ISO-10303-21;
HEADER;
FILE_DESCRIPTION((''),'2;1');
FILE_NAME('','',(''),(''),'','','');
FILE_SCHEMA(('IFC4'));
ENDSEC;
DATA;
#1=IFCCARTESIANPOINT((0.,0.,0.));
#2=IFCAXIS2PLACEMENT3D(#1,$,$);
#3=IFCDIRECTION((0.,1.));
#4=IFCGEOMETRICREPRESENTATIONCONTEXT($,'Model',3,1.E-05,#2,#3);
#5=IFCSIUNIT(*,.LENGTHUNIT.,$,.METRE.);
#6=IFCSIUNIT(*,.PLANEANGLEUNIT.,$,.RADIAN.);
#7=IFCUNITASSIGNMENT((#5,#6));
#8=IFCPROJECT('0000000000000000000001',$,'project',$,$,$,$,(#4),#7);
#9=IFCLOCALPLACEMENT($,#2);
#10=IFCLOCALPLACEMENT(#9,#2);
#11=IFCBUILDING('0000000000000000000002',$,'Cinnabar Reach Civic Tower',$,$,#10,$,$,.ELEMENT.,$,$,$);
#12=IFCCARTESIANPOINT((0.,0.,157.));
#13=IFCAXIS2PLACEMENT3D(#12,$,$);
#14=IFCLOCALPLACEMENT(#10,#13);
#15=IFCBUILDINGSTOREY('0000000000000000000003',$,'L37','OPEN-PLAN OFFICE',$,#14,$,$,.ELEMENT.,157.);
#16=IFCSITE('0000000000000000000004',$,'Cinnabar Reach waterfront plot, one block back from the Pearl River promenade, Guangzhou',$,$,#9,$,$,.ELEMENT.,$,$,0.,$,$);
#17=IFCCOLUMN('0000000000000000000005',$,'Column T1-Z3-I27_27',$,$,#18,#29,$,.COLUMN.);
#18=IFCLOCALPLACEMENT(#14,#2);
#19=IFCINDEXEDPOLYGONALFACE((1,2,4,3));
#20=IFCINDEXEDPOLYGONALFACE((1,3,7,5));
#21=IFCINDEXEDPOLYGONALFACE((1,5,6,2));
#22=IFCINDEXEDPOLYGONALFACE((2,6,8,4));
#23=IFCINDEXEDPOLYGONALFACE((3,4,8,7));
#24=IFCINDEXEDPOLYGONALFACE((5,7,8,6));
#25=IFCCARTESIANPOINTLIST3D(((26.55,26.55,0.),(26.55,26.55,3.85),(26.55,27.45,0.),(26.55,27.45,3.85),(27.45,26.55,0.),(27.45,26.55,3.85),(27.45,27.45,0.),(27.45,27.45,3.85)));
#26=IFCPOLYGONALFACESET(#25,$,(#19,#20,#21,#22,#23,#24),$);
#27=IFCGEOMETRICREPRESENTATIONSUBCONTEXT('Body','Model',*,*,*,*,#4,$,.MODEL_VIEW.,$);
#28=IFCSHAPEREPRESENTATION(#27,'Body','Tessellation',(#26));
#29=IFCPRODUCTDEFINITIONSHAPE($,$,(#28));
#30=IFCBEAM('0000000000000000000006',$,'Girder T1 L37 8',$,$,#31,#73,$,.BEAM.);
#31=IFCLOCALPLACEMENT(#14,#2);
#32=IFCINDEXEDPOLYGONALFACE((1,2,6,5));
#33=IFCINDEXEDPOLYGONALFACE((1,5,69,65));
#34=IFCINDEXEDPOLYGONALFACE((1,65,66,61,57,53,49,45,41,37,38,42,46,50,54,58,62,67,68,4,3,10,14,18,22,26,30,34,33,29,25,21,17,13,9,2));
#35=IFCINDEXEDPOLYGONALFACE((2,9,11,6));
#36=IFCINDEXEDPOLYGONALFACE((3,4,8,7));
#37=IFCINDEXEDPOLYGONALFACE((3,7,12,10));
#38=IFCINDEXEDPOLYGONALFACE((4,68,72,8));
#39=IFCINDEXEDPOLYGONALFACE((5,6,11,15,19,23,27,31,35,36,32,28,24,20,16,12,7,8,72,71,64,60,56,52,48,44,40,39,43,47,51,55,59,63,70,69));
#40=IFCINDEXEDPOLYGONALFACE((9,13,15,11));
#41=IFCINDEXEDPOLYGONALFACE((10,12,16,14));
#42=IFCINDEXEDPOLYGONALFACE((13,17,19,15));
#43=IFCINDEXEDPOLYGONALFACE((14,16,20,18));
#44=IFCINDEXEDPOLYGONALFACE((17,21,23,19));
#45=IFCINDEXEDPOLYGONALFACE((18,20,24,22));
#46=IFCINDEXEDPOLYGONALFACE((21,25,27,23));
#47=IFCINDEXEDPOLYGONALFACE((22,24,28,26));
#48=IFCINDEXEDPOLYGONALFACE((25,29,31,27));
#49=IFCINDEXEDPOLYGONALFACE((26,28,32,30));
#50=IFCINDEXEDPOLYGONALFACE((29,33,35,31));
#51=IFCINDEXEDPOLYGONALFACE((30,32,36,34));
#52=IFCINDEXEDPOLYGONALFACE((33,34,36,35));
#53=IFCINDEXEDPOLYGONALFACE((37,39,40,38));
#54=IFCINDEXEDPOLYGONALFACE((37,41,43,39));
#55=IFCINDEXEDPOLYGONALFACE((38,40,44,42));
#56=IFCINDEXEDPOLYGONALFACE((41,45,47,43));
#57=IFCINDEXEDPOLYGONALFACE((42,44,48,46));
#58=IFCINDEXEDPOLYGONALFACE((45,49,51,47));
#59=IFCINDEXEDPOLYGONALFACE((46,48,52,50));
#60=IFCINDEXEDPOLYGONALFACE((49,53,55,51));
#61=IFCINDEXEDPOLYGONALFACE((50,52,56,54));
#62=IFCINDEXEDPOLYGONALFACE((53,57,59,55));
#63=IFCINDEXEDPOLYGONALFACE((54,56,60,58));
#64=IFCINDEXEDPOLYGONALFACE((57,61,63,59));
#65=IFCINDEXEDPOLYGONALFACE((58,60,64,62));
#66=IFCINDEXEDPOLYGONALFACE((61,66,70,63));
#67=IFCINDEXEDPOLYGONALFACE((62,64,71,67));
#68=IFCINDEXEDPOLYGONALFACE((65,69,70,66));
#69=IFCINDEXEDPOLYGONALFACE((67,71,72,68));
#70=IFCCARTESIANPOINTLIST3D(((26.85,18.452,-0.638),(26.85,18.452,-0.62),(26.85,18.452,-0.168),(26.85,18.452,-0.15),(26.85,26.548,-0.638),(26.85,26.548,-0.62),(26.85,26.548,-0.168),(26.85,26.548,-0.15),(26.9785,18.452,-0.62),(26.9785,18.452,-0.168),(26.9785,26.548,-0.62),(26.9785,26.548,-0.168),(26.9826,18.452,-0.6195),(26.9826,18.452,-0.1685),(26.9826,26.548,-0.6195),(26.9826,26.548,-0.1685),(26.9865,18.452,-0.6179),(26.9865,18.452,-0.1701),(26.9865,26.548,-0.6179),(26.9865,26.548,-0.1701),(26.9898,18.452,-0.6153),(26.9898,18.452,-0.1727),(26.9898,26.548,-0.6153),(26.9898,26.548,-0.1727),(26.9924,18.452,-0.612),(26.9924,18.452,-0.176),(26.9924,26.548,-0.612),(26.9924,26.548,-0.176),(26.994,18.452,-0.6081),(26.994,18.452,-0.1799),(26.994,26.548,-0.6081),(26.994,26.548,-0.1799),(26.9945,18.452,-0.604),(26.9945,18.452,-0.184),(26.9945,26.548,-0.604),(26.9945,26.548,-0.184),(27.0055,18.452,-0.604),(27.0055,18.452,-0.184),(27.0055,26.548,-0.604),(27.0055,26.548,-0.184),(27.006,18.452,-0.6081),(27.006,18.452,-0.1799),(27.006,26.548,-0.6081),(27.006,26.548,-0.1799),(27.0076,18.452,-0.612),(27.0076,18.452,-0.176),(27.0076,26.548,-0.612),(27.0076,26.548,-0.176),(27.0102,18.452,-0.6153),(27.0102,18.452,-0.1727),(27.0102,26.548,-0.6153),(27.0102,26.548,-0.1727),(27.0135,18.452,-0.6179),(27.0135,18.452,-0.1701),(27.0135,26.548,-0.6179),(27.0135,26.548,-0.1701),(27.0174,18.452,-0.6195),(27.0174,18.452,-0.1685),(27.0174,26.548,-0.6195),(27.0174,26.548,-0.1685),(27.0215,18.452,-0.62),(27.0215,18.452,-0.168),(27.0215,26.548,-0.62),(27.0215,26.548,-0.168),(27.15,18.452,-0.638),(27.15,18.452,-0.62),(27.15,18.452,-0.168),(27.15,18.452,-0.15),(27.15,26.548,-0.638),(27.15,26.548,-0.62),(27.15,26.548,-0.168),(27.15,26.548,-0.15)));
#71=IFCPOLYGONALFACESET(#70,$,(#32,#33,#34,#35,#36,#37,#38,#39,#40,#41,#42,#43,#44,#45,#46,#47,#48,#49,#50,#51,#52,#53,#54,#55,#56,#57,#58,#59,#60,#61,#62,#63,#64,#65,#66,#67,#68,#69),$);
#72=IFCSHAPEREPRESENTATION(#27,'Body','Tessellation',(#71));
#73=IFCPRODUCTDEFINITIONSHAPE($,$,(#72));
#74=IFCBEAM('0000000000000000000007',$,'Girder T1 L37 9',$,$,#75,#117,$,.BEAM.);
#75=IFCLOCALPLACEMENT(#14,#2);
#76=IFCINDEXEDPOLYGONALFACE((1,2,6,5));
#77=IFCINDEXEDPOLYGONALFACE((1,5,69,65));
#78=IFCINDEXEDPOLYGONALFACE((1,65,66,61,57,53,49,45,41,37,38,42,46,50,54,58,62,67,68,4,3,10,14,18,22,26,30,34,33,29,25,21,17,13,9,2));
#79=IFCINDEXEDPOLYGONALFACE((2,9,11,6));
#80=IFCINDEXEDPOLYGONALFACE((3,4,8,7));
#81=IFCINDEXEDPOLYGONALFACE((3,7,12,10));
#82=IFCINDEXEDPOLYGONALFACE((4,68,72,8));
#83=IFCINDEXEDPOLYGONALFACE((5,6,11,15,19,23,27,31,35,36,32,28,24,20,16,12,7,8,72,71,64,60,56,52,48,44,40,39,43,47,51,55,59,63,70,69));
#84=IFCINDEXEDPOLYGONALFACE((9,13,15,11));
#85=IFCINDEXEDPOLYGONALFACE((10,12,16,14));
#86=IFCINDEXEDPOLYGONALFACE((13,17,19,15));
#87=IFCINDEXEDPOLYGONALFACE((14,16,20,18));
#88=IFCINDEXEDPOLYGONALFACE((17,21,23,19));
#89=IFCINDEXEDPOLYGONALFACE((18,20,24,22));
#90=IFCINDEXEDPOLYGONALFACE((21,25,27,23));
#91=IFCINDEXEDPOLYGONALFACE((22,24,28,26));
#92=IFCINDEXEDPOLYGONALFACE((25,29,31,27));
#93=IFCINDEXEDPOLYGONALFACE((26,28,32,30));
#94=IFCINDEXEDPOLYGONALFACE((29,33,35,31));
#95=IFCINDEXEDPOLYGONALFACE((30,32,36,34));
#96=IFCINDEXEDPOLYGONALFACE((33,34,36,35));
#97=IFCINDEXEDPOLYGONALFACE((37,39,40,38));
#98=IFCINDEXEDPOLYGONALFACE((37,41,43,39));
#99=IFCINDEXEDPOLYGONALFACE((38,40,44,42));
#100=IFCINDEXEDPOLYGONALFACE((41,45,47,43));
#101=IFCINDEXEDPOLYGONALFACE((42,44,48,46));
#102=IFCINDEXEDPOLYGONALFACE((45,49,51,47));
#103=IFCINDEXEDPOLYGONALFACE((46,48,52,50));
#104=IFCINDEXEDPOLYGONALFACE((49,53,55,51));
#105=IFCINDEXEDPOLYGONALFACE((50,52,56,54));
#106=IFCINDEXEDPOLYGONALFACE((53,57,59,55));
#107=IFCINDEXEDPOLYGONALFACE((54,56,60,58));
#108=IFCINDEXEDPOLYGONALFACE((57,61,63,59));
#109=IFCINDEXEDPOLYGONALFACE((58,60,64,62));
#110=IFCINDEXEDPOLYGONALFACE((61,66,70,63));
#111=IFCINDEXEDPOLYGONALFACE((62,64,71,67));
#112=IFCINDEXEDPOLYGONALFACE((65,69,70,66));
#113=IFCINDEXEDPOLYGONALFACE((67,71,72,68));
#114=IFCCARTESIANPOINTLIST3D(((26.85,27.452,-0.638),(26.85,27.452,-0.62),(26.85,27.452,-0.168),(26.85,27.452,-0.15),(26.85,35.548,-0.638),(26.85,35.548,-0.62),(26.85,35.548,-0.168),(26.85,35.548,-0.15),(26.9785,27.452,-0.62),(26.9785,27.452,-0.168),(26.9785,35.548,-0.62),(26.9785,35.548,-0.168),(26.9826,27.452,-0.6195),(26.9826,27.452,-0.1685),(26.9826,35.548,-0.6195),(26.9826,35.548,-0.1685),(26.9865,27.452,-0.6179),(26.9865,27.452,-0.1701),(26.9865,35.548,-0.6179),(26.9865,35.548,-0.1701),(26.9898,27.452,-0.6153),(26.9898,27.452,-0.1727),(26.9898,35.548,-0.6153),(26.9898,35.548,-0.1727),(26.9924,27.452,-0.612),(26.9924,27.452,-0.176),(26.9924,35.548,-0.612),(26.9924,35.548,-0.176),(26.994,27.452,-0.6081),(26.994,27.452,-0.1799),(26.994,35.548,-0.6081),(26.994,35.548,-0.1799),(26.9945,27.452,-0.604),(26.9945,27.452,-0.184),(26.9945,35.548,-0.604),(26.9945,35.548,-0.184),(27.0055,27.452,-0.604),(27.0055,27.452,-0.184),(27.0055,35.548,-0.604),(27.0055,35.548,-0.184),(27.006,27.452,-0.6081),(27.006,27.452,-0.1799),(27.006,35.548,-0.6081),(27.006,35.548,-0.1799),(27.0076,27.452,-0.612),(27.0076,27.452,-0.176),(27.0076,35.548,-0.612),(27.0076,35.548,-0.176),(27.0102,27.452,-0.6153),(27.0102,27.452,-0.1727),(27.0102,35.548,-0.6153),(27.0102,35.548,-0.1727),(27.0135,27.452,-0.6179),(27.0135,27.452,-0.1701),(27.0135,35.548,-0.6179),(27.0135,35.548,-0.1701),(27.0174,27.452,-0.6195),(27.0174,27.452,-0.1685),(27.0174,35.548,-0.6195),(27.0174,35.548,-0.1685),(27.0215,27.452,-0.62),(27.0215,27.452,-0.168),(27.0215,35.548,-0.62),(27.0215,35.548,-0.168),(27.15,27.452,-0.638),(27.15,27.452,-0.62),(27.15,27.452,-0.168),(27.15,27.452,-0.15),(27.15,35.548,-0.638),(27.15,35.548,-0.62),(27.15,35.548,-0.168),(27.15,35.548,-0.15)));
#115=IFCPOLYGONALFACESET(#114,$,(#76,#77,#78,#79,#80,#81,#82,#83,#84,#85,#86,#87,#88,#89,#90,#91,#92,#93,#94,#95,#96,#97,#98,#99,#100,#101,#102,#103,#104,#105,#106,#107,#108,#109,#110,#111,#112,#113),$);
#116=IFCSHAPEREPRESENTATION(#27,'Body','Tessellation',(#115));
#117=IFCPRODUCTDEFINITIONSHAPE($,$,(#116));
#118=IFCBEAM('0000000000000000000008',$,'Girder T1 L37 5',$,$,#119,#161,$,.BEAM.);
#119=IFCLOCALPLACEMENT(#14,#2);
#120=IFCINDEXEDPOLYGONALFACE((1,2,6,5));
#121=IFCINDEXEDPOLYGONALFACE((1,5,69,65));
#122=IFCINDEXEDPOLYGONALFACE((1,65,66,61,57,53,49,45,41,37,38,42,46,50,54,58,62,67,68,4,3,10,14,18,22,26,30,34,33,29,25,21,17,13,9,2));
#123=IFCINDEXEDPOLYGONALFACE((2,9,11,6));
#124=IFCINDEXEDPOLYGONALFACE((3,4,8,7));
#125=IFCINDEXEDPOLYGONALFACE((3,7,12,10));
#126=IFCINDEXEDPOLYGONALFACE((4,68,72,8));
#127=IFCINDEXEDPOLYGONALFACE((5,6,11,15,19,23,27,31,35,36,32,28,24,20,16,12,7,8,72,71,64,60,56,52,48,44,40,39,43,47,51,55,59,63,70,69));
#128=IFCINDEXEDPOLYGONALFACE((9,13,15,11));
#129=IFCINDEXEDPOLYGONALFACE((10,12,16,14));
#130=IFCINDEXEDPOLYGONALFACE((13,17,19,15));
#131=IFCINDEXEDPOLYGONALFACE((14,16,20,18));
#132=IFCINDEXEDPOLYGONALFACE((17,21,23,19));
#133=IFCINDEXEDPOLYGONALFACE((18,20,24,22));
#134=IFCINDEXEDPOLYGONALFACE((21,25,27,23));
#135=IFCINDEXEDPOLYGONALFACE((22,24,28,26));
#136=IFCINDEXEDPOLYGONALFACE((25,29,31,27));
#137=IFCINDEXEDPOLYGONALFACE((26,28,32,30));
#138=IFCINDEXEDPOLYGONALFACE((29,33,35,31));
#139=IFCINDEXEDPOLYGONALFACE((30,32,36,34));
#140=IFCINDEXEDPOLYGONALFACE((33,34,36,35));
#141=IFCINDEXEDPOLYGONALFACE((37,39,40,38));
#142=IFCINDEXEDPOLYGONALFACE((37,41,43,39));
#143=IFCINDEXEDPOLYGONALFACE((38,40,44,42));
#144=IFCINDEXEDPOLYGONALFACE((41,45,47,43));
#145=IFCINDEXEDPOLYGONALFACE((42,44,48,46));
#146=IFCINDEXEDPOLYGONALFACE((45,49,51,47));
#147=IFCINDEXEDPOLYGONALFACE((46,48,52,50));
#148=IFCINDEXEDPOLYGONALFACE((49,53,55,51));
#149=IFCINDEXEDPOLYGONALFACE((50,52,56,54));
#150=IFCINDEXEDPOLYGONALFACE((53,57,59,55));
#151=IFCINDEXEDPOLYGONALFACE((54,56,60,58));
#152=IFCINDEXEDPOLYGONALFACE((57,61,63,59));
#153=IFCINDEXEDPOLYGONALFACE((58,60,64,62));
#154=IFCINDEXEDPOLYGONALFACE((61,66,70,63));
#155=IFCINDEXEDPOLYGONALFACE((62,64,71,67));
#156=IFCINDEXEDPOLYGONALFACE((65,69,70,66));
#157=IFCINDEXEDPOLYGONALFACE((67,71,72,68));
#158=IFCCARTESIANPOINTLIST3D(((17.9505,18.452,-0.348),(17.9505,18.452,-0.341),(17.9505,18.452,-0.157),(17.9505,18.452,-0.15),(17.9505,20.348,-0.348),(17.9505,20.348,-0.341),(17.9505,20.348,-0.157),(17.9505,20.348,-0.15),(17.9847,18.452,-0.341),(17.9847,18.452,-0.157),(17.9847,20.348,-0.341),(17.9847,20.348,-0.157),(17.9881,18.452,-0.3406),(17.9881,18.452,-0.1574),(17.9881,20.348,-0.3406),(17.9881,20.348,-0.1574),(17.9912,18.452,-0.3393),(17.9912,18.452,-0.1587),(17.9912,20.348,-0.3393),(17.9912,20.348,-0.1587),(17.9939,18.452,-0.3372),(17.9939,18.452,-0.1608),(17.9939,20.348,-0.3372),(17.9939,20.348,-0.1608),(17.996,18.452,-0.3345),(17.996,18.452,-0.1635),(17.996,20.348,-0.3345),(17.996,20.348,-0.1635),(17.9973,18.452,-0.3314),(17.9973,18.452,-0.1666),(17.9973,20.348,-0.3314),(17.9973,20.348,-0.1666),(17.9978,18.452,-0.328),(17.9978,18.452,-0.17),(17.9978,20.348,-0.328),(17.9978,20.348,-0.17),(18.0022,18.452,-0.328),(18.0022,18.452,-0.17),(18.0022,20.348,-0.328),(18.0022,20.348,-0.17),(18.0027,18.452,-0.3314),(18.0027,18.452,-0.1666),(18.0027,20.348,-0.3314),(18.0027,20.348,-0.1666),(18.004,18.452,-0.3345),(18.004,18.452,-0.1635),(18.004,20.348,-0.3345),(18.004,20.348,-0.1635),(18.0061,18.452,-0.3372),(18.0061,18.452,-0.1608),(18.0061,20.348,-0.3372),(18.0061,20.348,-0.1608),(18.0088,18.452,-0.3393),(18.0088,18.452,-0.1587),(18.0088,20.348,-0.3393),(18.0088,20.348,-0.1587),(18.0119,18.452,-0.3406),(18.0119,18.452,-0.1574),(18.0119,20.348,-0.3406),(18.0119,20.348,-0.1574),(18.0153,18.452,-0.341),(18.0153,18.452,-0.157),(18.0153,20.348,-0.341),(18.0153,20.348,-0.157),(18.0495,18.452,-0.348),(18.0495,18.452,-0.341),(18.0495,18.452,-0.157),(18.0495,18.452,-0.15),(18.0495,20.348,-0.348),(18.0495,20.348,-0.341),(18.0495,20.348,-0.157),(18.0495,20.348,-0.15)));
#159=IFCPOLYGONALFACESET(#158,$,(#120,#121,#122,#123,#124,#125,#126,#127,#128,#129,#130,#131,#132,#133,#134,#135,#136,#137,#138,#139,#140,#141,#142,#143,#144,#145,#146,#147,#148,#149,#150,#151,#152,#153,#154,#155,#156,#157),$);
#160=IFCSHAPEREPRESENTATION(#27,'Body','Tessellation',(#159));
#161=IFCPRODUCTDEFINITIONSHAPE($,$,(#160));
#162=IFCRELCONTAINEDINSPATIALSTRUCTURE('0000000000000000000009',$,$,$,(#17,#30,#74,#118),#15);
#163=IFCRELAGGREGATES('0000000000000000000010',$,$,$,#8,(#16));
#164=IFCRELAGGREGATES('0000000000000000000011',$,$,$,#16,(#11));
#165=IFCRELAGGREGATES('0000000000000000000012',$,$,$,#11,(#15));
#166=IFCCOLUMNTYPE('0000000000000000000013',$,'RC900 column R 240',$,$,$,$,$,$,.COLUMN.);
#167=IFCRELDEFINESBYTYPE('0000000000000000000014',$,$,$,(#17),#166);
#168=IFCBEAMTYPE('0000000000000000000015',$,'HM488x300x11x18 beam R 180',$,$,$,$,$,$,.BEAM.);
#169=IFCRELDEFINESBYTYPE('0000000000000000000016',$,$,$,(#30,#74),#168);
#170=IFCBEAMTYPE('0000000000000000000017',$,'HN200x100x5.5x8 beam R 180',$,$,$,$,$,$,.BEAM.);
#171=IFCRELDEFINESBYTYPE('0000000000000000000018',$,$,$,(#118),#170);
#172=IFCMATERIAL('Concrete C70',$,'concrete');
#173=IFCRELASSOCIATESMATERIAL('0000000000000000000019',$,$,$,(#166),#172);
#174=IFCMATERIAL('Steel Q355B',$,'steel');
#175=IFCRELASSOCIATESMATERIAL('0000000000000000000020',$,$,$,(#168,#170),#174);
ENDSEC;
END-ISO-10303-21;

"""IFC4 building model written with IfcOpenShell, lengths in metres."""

from ifc_helpers import new_model, si_unit, direction, frame, origin, origin_2d, place, context, subcontext, project, spatial, rectangle, i_section, extrude, material, material_profile, profile_set, type_object, element, save


model = new_model("IFC4")

# Units and contexts
model_context = context("Model", 3, precision=1e-05, world=origin(), true_north=direction((0.0, 1.0)))
body_context = subcontext(model_context, "Body", "Model", "MODEL_VIEW")
ifc_project = project(units=[si_unit("LENGTHUNIT", "METRE"), si_unit("PLANEANGLEUNIT", "RADIAN")], contexts=[model_context])

# Site, building, storey
site_placement = place(None, origin())
site = spatial("IfcSite", under=ifc_project, at=site_placement, Name="Cinnabar Reach waterfront plot, one block back from the Pearl River promenade, Guangzhou", CompositionType="ELEMENT", RefElevation=0.0)
building_placement = place(site_placement, origin())
building = spatial("IfcBuilding", under=site, at=building_placement, Name="Cinnabar Reach Civic Tower", CompositionType="ELEMENT")
storey_placement = place(building_placement, frame((0.0, 0.0, 157.0)))
storey = spatial("IfcBuildingStorey", under=building, at=storey_placement, Name="L37", Description="OPEN-PLAN OFFICE", CompositionType="ELEMENT", Elevation=157.0)

# Column
ifc_material_1 = material(Name="Concrete C70", Category="concrete")
ifc_material_profile_1 = material_profile(ifc_material_1, rectangle(XDim=0.9, YDim=0.9, at=origin_2d()), Name="RC900")
ifc_profile_set_1 = profile_set([ifc_material_profile_1], Name="Concrete C70")
column_type = type_object("IfcColumnType", Name="RC900 column R 240", PredefinedType="COLUMN", material=ifc_profile_set_1)
column_placement = place(storey_placement, frame((27.0, 27.0, 0.0), z_axis=(0.0, 0.0, 1.0), x_axis=(1.0, 0.0, 0.0)))
element("IfcColumn", 1, at=column_placement, inside=storey, type_object=column_type, Name="Column T1-Z3-I27_27", PredefinedType="COLUMN", context=body_context, shape_type="SweptSolid", body=[
    extrude(rectangle(XDim=0.9, YDim=0.9, at=origin_2d()), origin(), (0.0, 0.0, 1.0), 3.85),
])

# Beams
ifc_material_2 = material(Name="Steel Q355B", Category="steel")
ifc_material_profile_2 = material_profile(ifc_material_2, i_section(OverallWidth=0.3, OverallDepth=0.488, WebThickness=0.011, FlangeThickness=0.018, FilletRadius=0.016, at=origin_2d()), Name="HM488x300x11x18")
ifc_profile_set_2 = profile_set([ifc_material_profile_2], Name="Steel Q355B")
beam_type_1 = type_object("IfcBeamType", Name="HM488x300x11x18 beam R 180", PredefinedType="BEAM", material=ifc_profile_set_2)
for number, where, z_axis, x_axis, name in (
    (2, (27.0, 18.452, -0.394), (0.0, 1.0, 0.0), (-1.0, 0.0, 0.0), "Girder T1 L37 8"),
    (3, (27.0, 27.452, -0.394), (0.0, 1.0, 0.0), (-1.0, 0.0, 0.0), "Girder T1 L37 9"),
):
    element("IfcBeam", number, at=place(storey_placement, frame(where, z_axis=z_axis, x_axis=x_axis)), inside=storey, type_object=beam_type_1, Name=name, PredefinedType="BEAM", context=body_context, shape_type="SweptSolid", body=[
        extrude(i_section(OverallWidth=0.3, OverallDepth=0.488, WebThickness=0.011, FlangeThickness=0.018, FilletRadius=0.016, at=origin_2d()), origin(), (0.0, 0.0, 1.0), 8.096),
    ])
ifc_material_profile_3 = material_profile(ifc_material_2, i_section(OverallWidth=0.099, OverallDepth=0.198, WebThickness=0.0045, FlangeThickness=0.007, FilletRadius=0.013, at=origin_2d()), Name="HN200x100x5.5x8")
ifc_profile_set_3 = profile_set([ifc_material_profile_3], Name="Steel Q355B")
beam_type_2 = type_object("IfcBeamType", Name="HN200x100x5.5x8 beam R 180", PredefinedType="BEAM", material=ifc_profile_set_3)
beam_1_placement = place(storey_placement, frame((18.0, 18.452, -0.249), z_axis=(0.0, 1.0, 0.0), x_axis=(-1.0, 0.0, 0.0)))
element("IfcBeam", 4, at=beam_1_placement, inside=storey, type_object=beam_type_2, Name="Girder T1 L37 5", PredefinedType="BEAM", context=body_context, shape_type="SweptSolid", body=[
    extrude(i_section(OverallWidth=0.099, OverallDepth=0.198, WebThickness=0.0045, FlangeThickness=0.007, FilletRadius=0.013, at=origin_2d()), origin(), (0.0, 0.0, 1.0), 1.896),
])

save(model, "model.ifc")
